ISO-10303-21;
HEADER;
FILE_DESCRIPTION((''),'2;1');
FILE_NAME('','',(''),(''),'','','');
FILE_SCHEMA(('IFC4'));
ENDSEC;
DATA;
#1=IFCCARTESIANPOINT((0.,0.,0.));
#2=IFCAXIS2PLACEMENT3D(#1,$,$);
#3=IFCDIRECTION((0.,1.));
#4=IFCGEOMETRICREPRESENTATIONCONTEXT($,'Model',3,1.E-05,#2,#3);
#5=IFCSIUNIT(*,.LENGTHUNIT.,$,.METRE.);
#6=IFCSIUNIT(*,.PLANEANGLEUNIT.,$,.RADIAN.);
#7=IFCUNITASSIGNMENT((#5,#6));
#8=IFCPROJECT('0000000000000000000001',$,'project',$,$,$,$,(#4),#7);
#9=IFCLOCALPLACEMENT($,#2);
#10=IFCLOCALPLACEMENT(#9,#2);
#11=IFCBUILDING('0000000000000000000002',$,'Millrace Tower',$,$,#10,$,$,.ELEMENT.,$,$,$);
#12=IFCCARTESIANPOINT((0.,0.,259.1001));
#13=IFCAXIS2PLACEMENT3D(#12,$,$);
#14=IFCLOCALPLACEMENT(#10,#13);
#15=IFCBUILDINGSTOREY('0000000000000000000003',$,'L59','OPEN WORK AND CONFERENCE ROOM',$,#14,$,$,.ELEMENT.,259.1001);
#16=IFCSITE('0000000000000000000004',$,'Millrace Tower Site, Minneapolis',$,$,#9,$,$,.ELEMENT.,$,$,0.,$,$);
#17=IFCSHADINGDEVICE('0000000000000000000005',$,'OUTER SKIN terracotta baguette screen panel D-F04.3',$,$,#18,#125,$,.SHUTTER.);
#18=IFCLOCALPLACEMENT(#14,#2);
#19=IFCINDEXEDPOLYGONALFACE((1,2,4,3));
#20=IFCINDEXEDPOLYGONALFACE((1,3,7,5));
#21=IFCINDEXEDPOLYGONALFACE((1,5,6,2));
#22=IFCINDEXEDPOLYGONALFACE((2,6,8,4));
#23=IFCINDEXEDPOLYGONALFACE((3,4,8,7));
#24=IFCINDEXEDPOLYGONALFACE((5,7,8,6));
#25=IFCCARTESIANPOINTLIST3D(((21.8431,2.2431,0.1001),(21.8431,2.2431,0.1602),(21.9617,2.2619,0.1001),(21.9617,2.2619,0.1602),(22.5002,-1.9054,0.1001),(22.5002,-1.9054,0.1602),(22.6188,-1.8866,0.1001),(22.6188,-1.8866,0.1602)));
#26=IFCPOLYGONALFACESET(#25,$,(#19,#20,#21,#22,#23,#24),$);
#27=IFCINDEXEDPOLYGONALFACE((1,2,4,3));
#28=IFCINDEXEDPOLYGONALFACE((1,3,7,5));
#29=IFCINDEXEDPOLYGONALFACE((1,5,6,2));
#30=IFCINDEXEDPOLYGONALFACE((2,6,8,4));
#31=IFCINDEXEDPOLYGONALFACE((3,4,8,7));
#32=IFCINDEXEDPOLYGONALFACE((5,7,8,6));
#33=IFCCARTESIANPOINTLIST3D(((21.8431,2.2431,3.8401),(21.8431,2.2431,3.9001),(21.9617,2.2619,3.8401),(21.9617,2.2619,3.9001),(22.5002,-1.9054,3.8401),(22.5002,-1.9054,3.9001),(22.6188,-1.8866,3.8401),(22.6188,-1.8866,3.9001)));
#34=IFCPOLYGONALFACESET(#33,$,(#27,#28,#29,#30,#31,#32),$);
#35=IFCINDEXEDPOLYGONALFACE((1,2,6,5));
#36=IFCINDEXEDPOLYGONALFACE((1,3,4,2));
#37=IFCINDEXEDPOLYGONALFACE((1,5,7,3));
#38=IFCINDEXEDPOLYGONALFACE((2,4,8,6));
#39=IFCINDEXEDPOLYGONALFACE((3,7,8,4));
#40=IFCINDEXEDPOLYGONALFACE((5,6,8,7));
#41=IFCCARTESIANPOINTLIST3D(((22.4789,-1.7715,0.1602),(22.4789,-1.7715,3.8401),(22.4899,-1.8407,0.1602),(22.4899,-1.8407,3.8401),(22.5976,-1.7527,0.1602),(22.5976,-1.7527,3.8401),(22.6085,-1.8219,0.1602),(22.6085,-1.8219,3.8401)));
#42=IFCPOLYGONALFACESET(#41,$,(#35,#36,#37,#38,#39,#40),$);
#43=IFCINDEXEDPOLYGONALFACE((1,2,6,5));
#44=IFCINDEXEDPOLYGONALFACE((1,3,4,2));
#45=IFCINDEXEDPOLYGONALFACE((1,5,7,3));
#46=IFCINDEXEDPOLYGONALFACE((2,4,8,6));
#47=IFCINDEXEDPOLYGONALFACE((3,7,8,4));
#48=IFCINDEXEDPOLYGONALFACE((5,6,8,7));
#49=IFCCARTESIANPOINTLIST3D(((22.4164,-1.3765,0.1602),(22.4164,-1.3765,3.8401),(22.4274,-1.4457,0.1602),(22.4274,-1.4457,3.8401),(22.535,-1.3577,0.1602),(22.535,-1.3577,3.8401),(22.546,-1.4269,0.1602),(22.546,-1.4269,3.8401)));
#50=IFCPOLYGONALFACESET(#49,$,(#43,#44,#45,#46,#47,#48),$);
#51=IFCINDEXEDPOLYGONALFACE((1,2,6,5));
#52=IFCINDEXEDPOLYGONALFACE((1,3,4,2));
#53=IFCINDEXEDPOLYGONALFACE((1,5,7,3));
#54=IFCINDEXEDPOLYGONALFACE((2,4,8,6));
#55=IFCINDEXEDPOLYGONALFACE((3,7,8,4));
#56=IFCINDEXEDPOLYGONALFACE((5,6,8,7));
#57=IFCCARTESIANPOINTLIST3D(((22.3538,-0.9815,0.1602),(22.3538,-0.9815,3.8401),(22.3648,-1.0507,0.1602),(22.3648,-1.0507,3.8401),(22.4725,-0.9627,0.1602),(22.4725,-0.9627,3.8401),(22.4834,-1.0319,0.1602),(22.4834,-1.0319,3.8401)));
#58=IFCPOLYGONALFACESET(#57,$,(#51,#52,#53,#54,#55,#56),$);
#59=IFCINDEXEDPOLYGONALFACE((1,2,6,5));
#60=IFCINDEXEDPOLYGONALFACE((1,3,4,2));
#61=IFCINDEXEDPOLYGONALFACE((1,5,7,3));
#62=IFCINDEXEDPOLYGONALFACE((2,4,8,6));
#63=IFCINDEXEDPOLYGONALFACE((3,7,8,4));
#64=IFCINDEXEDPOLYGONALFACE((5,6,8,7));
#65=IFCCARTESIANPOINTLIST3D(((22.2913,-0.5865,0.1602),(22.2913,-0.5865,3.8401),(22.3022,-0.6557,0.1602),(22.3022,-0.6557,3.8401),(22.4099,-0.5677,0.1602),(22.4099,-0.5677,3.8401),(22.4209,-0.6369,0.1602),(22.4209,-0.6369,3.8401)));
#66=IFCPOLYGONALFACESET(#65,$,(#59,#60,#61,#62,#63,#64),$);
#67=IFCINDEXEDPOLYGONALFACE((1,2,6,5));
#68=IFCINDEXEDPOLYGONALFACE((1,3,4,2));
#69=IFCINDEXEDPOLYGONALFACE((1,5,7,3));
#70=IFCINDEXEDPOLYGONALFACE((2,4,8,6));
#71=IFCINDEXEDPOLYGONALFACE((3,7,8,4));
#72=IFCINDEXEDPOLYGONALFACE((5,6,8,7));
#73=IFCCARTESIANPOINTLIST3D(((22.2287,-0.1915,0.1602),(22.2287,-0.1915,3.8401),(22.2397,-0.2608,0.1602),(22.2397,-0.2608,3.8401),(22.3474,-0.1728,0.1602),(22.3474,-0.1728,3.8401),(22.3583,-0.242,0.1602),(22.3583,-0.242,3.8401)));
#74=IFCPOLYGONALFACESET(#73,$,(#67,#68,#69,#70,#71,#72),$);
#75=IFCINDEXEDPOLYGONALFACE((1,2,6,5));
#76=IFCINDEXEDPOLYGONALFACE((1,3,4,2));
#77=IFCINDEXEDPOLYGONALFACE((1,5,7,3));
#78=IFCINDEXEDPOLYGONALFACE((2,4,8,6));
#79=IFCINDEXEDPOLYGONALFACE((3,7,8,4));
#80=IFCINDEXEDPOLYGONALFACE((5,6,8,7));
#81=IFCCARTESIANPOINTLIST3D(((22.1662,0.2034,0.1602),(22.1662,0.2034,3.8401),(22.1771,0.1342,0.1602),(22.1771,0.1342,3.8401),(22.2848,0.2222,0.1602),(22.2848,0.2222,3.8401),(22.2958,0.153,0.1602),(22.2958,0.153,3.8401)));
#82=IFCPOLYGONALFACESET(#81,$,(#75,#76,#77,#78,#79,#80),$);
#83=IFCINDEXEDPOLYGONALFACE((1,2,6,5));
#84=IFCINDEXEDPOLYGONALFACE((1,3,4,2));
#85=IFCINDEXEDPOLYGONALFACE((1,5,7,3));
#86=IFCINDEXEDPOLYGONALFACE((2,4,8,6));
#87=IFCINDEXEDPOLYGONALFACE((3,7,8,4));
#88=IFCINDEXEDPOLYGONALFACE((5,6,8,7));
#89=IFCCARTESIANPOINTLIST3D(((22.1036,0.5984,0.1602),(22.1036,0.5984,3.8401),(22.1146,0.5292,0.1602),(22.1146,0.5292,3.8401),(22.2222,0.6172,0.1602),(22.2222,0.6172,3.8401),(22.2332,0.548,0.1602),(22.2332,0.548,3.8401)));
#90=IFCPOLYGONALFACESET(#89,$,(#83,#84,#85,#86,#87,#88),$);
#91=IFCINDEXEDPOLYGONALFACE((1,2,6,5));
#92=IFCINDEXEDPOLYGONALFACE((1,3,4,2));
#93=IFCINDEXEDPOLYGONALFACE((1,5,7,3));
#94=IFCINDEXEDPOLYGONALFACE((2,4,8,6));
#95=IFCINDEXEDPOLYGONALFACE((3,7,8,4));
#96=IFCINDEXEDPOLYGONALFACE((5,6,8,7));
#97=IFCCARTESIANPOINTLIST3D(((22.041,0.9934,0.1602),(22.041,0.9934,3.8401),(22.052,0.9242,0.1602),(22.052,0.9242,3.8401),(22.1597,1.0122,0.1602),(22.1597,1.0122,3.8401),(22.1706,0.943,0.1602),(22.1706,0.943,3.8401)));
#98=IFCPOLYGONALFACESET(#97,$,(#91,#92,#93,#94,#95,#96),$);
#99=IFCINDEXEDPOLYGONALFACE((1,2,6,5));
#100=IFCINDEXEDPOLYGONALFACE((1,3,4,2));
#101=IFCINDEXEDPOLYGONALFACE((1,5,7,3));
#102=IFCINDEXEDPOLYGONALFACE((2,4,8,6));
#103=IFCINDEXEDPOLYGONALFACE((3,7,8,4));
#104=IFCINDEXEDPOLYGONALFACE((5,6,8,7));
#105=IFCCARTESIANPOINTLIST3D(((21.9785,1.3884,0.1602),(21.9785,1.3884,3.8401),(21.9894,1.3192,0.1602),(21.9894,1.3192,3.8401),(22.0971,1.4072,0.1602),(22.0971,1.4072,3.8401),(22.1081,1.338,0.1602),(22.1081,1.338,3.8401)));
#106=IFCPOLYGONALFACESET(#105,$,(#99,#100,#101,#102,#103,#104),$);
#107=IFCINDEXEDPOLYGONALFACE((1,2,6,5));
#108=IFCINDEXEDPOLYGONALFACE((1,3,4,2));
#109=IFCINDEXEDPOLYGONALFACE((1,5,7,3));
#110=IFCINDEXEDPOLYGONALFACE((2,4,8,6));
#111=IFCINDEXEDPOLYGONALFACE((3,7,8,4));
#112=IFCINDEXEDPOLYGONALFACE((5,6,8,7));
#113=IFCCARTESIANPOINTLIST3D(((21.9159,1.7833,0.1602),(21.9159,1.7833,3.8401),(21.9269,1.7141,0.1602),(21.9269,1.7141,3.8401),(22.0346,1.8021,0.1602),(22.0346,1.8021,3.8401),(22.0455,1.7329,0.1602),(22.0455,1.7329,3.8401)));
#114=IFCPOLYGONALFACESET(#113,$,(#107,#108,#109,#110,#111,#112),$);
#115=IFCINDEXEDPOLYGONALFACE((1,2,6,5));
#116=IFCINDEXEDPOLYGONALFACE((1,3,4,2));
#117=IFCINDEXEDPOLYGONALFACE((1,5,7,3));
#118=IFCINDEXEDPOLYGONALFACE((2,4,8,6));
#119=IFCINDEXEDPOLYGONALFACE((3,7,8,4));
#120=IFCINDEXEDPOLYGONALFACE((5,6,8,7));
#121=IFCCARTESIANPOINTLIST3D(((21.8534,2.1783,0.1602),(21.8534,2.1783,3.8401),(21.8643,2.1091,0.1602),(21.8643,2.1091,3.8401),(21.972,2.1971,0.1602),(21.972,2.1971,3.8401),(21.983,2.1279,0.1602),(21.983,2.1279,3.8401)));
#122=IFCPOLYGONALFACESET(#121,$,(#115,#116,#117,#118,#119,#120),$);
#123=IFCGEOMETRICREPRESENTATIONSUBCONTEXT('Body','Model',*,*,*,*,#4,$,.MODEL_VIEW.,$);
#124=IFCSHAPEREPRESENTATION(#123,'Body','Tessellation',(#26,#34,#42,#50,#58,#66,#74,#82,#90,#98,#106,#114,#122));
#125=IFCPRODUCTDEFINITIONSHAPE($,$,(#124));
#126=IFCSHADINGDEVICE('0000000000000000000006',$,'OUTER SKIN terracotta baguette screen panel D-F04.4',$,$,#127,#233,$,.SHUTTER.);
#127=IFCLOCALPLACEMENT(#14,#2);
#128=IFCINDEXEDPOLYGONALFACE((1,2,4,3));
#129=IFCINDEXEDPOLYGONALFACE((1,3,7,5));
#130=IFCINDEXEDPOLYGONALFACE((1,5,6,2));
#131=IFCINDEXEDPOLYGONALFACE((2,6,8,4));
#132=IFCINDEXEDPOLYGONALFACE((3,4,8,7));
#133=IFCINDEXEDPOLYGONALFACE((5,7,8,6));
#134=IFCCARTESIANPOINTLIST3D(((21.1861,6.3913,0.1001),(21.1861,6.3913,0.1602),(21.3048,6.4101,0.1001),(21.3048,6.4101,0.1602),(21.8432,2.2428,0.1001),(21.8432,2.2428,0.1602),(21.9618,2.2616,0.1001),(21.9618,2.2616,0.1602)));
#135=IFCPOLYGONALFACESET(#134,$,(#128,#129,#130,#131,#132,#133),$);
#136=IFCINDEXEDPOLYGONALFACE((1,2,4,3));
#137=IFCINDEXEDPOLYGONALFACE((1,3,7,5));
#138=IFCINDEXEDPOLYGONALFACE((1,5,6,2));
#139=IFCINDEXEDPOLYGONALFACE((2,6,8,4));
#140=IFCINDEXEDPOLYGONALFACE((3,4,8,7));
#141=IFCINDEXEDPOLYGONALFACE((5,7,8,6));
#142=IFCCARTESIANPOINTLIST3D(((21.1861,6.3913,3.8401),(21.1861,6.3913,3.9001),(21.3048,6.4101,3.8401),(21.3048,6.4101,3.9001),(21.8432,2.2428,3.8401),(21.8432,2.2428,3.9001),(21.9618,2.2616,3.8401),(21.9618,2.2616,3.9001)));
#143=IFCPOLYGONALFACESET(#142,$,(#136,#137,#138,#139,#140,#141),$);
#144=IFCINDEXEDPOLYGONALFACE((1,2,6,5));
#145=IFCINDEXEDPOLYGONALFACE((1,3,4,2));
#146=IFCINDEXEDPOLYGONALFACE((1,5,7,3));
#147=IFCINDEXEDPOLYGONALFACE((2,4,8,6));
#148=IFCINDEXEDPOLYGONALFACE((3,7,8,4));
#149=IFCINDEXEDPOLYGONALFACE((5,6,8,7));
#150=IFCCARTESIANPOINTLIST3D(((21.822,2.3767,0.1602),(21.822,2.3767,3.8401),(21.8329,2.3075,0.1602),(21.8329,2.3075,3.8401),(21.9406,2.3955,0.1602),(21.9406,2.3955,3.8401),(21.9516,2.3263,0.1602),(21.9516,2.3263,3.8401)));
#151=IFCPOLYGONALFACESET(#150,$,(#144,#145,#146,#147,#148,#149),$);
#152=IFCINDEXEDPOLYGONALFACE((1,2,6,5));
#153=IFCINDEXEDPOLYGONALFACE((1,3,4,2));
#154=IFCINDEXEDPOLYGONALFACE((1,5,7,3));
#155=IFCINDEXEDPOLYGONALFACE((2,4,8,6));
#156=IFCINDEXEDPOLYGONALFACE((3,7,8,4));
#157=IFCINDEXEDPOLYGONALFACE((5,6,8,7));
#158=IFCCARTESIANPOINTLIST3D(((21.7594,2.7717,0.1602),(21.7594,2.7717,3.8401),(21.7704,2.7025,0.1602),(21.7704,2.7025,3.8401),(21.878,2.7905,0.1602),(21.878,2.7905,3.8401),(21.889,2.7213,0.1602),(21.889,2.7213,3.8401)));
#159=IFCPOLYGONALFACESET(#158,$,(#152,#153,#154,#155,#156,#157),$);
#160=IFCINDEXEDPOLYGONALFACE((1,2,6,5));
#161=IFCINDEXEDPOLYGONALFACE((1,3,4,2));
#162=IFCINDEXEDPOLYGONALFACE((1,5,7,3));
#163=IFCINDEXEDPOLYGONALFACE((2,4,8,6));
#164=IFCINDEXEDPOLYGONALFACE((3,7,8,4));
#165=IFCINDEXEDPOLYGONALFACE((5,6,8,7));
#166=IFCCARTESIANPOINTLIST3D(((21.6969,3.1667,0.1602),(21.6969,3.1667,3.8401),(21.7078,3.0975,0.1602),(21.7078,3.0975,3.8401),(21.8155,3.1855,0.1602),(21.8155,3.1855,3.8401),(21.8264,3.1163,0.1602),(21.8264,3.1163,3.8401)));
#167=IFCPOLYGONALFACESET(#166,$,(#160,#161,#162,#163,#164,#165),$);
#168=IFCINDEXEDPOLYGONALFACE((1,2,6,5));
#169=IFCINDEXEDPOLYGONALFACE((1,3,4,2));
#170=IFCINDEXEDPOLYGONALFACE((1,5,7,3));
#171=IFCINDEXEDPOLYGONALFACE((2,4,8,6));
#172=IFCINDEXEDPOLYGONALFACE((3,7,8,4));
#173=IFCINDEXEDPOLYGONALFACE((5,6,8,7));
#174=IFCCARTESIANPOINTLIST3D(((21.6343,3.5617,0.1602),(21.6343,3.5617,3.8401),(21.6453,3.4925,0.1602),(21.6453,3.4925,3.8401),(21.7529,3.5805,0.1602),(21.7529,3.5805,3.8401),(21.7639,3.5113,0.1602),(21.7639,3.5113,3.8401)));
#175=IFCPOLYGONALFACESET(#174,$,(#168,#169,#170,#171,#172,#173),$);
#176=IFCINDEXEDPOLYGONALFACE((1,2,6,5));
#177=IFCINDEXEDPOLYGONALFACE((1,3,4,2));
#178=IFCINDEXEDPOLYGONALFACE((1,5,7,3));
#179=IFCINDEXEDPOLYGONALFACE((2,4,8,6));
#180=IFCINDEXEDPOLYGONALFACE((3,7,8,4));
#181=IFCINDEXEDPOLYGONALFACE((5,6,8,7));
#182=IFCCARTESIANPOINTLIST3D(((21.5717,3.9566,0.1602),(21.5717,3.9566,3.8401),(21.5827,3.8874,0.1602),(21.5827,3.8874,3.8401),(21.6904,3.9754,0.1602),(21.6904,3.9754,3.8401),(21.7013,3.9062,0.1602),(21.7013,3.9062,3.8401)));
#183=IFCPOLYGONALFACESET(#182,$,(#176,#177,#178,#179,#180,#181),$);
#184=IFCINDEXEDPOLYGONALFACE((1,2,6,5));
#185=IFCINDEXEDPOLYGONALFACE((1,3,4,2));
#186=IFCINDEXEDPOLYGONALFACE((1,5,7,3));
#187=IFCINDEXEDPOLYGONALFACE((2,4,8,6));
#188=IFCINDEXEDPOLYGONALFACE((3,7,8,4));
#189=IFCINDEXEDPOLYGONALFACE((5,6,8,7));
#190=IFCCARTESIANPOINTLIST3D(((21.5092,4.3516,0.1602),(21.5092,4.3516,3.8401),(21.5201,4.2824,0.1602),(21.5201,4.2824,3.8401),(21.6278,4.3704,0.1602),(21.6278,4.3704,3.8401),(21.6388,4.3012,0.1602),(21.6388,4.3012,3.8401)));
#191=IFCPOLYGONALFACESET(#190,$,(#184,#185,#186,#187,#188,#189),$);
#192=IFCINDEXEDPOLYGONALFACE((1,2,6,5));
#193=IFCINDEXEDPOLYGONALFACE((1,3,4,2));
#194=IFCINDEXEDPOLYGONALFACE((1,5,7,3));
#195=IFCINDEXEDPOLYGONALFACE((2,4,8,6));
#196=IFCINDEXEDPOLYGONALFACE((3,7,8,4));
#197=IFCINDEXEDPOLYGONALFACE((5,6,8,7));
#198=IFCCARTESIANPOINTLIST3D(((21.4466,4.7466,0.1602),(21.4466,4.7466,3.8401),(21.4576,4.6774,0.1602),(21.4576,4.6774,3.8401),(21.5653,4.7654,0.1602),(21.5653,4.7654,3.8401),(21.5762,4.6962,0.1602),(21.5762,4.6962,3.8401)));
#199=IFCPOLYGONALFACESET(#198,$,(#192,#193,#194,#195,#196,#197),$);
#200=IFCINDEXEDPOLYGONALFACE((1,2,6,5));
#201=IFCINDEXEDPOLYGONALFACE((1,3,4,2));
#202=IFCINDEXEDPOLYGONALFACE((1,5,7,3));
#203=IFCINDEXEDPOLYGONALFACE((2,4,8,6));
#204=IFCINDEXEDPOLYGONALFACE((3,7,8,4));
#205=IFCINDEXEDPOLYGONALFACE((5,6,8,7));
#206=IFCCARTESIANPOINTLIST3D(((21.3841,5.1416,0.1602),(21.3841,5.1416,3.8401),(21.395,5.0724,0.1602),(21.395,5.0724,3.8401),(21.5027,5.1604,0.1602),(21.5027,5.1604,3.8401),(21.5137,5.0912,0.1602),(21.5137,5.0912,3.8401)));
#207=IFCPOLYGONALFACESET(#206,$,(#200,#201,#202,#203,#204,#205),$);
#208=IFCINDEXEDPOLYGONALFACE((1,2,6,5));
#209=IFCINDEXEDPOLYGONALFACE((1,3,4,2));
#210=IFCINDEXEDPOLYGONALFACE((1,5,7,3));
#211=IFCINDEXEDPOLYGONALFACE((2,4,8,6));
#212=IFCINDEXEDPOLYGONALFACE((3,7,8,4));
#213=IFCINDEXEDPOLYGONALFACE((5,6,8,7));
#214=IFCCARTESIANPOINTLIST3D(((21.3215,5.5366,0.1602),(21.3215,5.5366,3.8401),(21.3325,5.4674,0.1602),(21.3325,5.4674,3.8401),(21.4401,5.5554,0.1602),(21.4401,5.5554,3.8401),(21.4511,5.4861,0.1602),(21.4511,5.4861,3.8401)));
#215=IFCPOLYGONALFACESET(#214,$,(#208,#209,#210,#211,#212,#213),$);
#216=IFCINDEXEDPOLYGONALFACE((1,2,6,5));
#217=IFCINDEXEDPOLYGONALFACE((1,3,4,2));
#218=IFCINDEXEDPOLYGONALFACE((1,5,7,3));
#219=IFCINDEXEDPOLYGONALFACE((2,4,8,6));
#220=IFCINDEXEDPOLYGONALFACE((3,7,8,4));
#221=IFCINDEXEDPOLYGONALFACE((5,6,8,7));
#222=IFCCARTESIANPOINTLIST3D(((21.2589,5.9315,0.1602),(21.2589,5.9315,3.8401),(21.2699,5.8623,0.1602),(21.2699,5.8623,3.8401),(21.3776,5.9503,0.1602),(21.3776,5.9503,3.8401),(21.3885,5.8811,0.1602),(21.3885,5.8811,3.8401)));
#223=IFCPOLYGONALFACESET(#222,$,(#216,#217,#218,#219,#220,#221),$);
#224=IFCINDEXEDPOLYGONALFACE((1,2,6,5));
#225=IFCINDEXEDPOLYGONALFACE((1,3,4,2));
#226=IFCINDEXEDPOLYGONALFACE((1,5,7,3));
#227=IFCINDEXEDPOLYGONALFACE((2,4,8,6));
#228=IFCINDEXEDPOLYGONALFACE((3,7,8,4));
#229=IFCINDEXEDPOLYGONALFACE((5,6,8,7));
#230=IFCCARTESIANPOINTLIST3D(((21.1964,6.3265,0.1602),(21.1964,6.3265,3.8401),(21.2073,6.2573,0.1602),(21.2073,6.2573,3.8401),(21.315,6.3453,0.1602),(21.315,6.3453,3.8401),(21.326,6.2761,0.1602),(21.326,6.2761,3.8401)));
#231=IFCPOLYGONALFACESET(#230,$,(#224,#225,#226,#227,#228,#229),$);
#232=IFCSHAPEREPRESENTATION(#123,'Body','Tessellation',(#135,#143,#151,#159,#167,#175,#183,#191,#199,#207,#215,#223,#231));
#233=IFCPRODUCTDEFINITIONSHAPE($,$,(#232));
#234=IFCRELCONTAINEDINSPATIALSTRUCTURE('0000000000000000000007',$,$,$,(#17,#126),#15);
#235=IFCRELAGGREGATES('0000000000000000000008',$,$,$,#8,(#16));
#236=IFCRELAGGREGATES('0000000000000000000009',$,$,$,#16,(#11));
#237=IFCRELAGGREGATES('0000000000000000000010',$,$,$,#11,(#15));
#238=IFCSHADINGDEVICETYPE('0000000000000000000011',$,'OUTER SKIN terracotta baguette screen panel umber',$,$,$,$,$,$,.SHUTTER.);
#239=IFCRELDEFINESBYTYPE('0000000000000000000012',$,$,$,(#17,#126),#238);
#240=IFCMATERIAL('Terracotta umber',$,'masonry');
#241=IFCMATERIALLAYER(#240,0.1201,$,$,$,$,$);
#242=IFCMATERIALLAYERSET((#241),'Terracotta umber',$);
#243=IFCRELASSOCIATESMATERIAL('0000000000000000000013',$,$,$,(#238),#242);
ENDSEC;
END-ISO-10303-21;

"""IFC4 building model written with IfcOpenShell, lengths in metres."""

from ifc_helpers import new_model, entity, si_unit, direction, frame, frame_2d, origin, origin_2d, place, context, subcontext, project, spatial, rectangle, extrude, source, transform, mapped, material, layer, layer_set, type_object, element, save


model = new_model("IFC4")

# Units and contexts
model_context = context("Model", 3, precision=1e-05, world=origin(), true_north=direction((0.0, 1.0)))
body_context = subcontext(model_context, "Body", "Model", "MODEL_VIEW")
ifc_project = project(units=[si_unit("LENGTHUNIT", "METRE"), si_unit("PLANEANGLEUNIT", "RADIAN")], contexts=[model_context])

# Site, building, storey
site_placement = place(None, origin())
site = spatial("IfcSite", under=ifc_project, at=site_placement, Name="Millrace Tower Site, Minneapolis", CompositionType="ELEMENT", RefElevation=0.0)
building_placement = place(site_placement, origin())
building = spatial("IfcBuilding", under=site, at=building_placement, Name="Millrace Tower", CompositionType="ELEMENT")
storey_placement = place(building_placement, frame((0.0, 0.0, 259.1001)))
storey = spatial("IfcBuildingStorey", under=building, at=storey_placement, Name="L59", Description="OPEN WORK AND CONFERENCE ROOM", CompositionType="ELEMENT", Elevation=259.1001)

# Shading devices
ifc_material_1 = material(Name="Terracotta umber", Category="masonry")
ifc_layer_1 = layer(ifc_material_1, 0.1201)
ifc_layer_set_1 = layer_set([ifc_layer_1], Name="Terracotta umber")
shading_device_type = type_object("IfcShadingDeviceType", Name="OUTER SKIN terracotta baguette screen panel umber", PredefinedType="SHUTTER", material=ifc_layer_set_1)
cartesian_point = entity("IfcCartesianPoint", [-2.1001, 0.0601])
shared_polyline = entity("IfcPolyline", [cartesian_point, entity("IfcCartesianPoint", [2.1001, 0.0601]), entity("IfcCartesianPoint", [2.1001, -0.0601]), entity("IfcCartesianPoint", [-2.1001, -0.0601]), cartesian_point])
shared_shape = source(origin(), body_context, "Body", "SweptSolid", [
    entity("IfcExtrudedAreaSolid", entity("IfcArbitraryClosedProfileDef", "AREA", None, shared_polyline), entity("IfcAxis2Placement3D", entity("IfcCartesianPoint", [0.0, 0.0, 0.0])), entity("IfcDirection", [0.0, 0.0, 1.0]), 0.0601),
    entity("IfcExtrudedAreaSolid", entity("IfcArbitraryClosedProfileDef", "AREA", None, shared_polyline), entity("IfcAxis2Placement3D", entity("IfcCartesianPoint", [0.0, 0.0, 3.74])), entity("IfcDirection", [0.0, 0.0, 1.0]), 0.0601),
    extrude(rectangle(XDim=0.0701, YDim=0.1201, at=frame_2d((-1.9995, 0.0))), frame((0.0, 0.0, 0.0601)), (0.0, 0.0, 1.0), 3.6799),
    extrude(rectangle(XDim=0.0701, YDim=0.1201, at=frame_2d((-1.5996, 0.0))), frame((0.0, 0.0, 0.0601)), (0.0, 0.0, 1.0), 3.6799),
    extrude(rectangle(XDim=0.0701, YDim=0.1201, at=frame_2d((-1.1997, 0.0))), frame((0.0, 0.0, 0.0601)), (0.0, 0.0, 1.0), 3.6799),
    extrude(rectangle(XDim=0.0701, YDim=0.1201, at=frame_2d((-0.7998, 0.0))), frame((0.0, 0.0, 0.0601)), (0.0, 0.0, 1.0), 3.6799),
    extrude(rectangle(XDim=0.0701, YDim=0.1201, at=frame_2d((-0.3999, 0.0))), frame((0.0, 0.0, 0.0601)), (0.0, 0.0, 1.0), 3.6799),
    extrude(rectangle(XDim=0.0701, YDim=0.1201, at=origin_2d()), frame((0.0, 0.0, 0.0601)), (0.0, 0.0, 1.0), 3.6799),
    extrude(rectangle(XDim=0.0701, YDim=0.1201, at=frame_2d((0.3999, 0.0))), frame((0.0, 0.0, 0.0601)), (0.0, 0.0, 1.0), 3.6799),
    extrude(rectangle(XDim=0.0701, YDim=0.1201, at=frame_2d((0.7998, 0.0))), frame((0.0, 0.0, 0.0601)), (0.0, 0.0, 1.0), 3.6799),
    extrude(rectangle(XDim=0.0701, YDim=0.1201, at=frame_2d((1.1997, 0.0))), frame((0.0, 0.0, 0.0601)), (0.0, 0.0, 1.0), 3.6799),
    extrude(rectangle(XDim=0.0701, YDim=0.1201, at=frame_2d((1.5996, 0.0))), frame((0.0, 0.0, 0.0601)), (0.0, 0.0, 1.0), 3.6799),
    extrude(rectangle(XDim=0.0701, YDim=0.1201, at=frame_2d((1.9995, 0.0))), frame((0.0, 0.0, 0.0601)), (0.0, 0.0, 1.0), 3.6799),
])
for number, where, z_axis, x_axis, name in (
    (1, (22.231, 0.1782, 0.1001), (0.0, 0.0, 1.0), (-0.156434, 0.987688, 0.0), "OUTER SKIN terracotta baguette screen panel D-F04.3"),
    (2, (21.574, 4.3264, 0.1001), (0.0, 0.0, 1.0), (-0.156434, 0.987688, 0.0), "OUTER SKIN terracotta baguette screen panel D-F04.4"),
):
    element("IfcShadingDevice", number, at=place(storey_placement, frame(where, z_axis=z_axis, x_axis=x_axis)), inside=storey, type_object=shading_device_type, Name=name, PredefinedType="SHUTTER", context=body_context, shape_type="MappedRepresentation", body=[
        mapped(shared_shape, transform((0.0, 0.0, 0.0), scale=1.0)),
    ])

save(model, "model.ifc")
